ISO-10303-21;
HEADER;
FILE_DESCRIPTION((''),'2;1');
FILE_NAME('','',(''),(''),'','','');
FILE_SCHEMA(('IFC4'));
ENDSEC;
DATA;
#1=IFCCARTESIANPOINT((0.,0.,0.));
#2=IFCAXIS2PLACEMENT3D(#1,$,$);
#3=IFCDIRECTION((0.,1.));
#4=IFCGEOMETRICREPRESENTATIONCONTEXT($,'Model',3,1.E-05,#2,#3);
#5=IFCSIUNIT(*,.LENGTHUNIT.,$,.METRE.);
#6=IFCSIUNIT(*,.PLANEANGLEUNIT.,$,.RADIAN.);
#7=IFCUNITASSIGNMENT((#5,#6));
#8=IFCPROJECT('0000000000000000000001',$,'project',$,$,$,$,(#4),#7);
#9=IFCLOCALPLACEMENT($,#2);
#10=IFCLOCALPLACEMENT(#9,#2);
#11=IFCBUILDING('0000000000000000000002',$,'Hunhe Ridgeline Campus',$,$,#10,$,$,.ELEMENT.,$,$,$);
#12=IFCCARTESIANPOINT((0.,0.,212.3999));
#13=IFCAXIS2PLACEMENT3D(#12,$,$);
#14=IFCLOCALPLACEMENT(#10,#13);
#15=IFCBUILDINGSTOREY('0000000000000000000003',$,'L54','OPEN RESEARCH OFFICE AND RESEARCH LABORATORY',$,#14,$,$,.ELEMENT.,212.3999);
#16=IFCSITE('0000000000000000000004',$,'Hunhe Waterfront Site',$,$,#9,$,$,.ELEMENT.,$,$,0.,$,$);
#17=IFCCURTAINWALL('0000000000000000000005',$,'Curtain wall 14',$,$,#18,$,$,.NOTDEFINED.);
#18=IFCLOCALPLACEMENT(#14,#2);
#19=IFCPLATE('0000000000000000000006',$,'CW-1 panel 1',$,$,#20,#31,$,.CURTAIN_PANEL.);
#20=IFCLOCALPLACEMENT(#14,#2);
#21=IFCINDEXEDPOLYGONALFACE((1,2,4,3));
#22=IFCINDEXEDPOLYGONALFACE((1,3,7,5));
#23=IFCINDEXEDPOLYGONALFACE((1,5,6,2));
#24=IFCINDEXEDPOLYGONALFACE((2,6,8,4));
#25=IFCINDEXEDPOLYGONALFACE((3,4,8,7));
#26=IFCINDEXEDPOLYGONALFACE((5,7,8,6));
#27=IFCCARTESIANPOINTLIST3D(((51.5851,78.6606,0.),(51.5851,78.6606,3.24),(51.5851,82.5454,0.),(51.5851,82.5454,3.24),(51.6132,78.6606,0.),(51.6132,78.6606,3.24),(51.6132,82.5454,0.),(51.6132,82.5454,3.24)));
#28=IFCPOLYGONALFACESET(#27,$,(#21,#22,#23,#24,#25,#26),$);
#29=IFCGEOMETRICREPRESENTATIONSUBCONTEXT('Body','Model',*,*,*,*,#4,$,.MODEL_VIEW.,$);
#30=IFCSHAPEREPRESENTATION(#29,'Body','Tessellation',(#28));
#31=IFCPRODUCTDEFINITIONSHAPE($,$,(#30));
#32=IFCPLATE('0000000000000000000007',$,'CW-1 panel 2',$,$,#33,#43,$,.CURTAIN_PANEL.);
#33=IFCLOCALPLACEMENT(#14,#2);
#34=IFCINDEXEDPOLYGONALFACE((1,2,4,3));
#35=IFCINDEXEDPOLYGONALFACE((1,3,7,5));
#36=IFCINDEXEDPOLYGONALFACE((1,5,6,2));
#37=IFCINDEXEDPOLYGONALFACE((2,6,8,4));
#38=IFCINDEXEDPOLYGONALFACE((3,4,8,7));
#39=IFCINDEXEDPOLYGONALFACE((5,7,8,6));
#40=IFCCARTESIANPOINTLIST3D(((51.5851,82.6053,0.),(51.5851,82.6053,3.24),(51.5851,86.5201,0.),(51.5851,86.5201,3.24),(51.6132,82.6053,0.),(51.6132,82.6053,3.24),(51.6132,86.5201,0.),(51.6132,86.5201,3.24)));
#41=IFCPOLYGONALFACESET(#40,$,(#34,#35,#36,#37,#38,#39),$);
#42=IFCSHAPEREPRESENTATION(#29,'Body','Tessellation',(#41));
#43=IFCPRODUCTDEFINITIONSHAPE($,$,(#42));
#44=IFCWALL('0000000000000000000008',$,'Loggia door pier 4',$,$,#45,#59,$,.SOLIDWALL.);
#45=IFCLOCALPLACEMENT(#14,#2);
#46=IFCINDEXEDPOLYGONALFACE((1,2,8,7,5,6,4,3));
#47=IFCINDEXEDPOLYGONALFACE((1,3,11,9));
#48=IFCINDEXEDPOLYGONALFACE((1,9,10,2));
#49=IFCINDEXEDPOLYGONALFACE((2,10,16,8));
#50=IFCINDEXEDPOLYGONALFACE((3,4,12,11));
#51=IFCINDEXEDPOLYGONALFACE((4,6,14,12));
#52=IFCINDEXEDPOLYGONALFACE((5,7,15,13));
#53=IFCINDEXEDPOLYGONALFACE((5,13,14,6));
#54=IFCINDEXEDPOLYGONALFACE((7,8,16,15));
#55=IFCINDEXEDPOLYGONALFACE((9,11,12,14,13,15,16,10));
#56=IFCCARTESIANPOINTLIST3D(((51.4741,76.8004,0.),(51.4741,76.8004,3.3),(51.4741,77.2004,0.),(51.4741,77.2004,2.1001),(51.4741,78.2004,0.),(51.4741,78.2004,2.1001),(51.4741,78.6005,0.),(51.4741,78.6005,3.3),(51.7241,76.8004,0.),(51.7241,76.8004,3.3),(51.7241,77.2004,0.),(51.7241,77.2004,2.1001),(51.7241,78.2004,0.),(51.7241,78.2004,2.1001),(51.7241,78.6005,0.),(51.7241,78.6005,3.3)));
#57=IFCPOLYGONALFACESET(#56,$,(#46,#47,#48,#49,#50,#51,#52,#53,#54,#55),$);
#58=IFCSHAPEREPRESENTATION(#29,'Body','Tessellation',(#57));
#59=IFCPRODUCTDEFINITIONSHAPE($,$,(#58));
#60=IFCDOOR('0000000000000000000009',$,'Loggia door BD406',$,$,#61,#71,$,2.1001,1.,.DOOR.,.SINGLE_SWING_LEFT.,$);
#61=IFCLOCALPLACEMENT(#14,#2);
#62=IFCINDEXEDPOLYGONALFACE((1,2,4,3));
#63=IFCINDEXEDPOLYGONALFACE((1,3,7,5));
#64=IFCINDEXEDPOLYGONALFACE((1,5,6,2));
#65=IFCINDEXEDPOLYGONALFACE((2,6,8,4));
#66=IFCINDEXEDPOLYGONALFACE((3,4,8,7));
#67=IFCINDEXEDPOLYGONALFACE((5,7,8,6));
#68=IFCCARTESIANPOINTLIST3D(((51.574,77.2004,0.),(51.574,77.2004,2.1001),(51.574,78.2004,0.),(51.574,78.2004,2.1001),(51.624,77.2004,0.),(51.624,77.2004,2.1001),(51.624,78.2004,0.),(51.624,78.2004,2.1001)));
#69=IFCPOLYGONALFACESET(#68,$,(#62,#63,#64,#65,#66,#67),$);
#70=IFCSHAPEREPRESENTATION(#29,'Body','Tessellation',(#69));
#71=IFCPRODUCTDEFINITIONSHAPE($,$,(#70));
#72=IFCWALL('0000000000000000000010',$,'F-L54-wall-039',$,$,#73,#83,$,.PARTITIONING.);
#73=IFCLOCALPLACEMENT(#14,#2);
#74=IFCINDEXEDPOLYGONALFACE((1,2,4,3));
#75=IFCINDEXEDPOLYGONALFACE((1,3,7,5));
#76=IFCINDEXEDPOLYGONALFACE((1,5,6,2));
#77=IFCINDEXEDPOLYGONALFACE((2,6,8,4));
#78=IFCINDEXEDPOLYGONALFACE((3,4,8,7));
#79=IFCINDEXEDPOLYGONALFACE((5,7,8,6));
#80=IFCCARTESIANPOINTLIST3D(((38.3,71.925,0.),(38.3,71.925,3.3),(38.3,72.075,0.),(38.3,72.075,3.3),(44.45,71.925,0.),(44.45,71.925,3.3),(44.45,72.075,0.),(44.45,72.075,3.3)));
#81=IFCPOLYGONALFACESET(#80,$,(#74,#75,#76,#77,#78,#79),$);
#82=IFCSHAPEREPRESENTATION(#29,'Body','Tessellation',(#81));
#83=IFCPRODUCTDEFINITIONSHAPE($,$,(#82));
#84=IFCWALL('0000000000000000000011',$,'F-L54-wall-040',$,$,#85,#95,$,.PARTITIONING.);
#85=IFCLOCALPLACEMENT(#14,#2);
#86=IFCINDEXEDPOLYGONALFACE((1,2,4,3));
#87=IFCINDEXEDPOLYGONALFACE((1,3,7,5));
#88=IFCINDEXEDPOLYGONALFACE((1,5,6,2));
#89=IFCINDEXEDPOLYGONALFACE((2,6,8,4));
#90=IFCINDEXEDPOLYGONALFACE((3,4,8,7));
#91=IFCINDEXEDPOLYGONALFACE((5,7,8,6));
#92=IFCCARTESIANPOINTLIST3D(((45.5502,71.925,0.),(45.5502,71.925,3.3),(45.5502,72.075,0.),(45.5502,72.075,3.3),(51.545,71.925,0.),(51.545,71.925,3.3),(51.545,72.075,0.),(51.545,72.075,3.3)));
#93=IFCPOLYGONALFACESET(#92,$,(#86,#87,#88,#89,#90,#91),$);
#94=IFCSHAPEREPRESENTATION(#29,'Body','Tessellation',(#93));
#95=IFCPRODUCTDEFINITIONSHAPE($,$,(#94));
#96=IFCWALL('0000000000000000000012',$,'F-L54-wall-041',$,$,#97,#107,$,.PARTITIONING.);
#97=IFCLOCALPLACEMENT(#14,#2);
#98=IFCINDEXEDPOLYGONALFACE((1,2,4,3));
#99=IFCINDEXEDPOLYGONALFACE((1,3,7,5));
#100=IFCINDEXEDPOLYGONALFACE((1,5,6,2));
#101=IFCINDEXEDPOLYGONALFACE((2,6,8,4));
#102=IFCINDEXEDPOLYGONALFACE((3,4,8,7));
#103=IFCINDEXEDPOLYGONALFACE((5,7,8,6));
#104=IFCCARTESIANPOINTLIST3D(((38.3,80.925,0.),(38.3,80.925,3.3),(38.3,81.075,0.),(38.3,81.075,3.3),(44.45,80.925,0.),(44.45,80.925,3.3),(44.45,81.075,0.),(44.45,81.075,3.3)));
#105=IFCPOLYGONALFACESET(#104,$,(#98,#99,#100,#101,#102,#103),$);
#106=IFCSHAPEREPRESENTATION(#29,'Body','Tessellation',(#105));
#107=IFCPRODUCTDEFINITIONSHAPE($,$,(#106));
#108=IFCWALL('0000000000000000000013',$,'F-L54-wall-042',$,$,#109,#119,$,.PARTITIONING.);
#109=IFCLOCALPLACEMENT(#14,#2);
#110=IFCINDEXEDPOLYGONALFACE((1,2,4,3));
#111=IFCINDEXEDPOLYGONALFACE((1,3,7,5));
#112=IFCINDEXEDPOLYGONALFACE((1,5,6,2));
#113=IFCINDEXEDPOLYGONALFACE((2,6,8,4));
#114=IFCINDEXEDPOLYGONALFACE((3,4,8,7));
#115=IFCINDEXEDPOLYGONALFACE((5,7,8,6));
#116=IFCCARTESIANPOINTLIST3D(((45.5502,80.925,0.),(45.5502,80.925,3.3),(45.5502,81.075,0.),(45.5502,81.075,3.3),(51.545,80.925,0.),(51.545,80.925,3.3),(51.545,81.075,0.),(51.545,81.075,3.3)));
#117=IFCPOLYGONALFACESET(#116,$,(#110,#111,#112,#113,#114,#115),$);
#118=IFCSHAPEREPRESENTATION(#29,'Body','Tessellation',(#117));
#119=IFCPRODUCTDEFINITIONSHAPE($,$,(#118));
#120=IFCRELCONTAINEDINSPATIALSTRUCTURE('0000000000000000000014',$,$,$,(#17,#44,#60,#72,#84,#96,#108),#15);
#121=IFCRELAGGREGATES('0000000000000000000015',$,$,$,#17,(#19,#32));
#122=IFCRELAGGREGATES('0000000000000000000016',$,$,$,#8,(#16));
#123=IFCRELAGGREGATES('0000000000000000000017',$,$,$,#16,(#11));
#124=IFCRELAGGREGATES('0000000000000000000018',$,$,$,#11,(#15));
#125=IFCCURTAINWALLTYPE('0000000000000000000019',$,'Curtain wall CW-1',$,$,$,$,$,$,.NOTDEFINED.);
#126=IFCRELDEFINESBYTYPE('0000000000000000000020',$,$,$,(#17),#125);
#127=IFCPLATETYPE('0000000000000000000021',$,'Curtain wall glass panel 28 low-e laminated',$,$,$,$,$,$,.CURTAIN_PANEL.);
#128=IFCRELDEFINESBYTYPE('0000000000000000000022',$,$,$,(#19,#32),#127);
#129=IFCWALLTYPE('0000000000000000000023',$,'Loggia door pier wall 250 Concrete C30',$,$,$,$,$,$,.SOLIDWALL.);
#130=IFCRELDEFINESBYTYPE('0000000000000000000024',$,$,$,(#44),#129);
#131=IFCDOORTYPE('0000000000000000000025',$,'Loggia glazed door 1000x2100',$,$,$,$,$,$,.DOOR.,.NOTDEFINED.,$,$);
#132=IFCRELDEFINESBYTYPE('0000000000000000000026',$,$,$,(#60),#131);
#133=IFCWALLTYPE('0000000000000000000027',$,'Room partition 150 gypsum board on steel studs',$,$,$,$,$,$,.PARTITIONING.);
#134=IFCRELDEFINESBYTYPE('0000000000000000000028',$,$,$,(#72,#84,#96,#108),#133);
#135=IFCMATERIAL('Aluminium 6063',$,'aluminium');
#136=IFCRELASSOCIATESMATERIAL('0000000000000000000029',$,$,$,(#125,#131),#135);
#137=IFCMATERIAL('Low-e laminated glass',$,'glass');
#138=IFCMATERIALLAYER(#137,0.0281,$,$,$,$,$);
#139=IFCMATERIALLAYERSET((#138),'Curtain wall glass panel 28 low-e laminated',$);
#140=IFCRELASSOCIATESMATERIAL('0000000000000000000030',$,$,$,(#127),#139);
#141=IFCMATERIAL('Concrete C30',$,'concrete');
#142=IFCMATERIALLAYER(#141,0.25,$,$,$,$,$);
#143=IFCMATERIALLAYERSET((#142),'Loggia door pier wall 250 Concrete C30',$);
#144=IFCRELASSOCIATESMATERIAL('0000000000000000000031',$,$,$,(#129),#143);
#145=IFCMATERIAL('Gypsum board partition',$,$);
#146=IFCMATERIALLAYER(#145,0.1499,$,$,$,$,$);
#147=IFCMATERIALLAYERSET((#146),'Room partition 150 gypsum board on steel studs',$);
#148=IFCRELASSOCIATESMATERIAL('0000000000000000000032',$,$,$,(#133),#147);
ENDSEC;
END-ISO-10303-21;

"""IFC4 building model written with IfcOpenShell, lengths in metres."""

from ifc_helpers import new_model, si_unit, direction, frame, frame_2d, origin, origin_2d, place, context, subcontext, project, spatial, rectangle, extrude, material, layer, layer_set, type_object, element, fill, aggregate, save


model = new_model("IFC4")

# Units and contexts
model_context = context("Model", 3, precision=1e-05, world=origin(), true_north=direction((0.0, 1.0)))
body_context = subcontext(model_context, "Body", "Model", "MODEL_VIEW")
ifc_project = project(units=[si_unit("LENGTHUNIT", "METRE"), si_unit("PLANEANGLEUNIT", "RADIAN")], contexts=[model_context])

# Site, building, storey
site_placement = place(None, origin())
site = spatial("IfcSite", under=ifc_project, at=site_placement, Name="Hunhe Waterfront Site", CompositionType="ELEMENT", RefElevation=0.0)
building_placement = place(site_placement, origin())
building = spatial("IfcBuilding", under=site, at=building_placement, Name="Hunhe Ridgeline Campus", CompositionType="ELEMENT")
storey_placement = place(building_placement, frame((0.0, 0.0, 212.3999)))
storey = spatial("IfcBuildingStorey", under=building, at=storey_placement, Name="L54", Description="OPEN RESEARCH OFFICE AND RESEARCH LABORATORY", CompositionType="ELEMENT", Elevation=212.3999)

# Curtain wall
ifc_material_1 = material(Name="Aluminium 6063", Category="aluminium")
curtain_wall_type = type_object("IfcCurtainWallType", Name="Curtain wall CW-1", PredefinedType="NOTDEFINED", material=ifc_material_1)
curtain_wall_1_placement = place(storey_placement, origin())
curtain_wall_1 = element("IfcCurtainWall", 1, at=curtain_wall_1_placement, inside=storey, type_object=curtain_wall_type, Name="Curtain wall 14", PredefinedType="NOTDEFINED")

# Plates
ifc_material_2 = material(Name="Low-e laminated glass", Category="glass")
ifc_layer_1 = layer(ifc_material_2, 0.0281)
ifc_layer_set_1 = layer_set([ifc_layer_1], Name="Curtain wall glass panel 28 low-e laminated")
plate_type = type_object("IfcPlateType", Name="Curtain wall glass panel 28 low-e laminated", PredefinedType="CURTAIN_PANEL", material=ifc_layer_set_1)
plate_1_placement = place(storey_placement, frame((51.5991, 80.603, 0.0), z_axis=(0.0, 0.0, 1.0), x_axis=(0.0, 1.0, 0.0)))
plate_1 = element("IfcPlate", 2, at=plate_1_placement, type_object=plate_type, Name="CW-1 panel 1", PredefinedType="CURTAIN_PANEL", context=body_context, shape_type="SweptSolid", body=[
    extrude(rectangle(XDim=3.8848, YDim=0.0281, at=origin_2d()), origin(), (0.0, 0.0, 1.0), 3.24),
])
plate_2_placement = place(storey_placement, frame((51.5991, 84.5627, 0.0), z_axis=(0.0, 0.0, 1.0), x_axis=(0.0, 1.0, 0.0)))
plate_2 = element("IfcPlate", 3, at=plate_2_placement, type_object=plate_type, Name="CW-1 panel 2", PredefinedType="CURTAIN_PANEL", context=body_context, shape_type="SweptSolid", body=[
    extrude(rectangle(XDim=3.9148, YDim=0.0281, at=origin_2d()), origin(), (0.0, 0.0, 1.0), 3.24),
])
aggregate(curtain_wall_1, [plate_1, plate_2])

# Wall, opening, door
ifc_material_3 = material(Name="Concrete C30", Category="concrete")
ifc_layer_2 = layer(ifc_material_3, 0.25)
ifc_layer_set_2 = layer_set([ifc_layer_2], Name="Loggia door pier wall 250 Concrete C30")
wall_type_1 = type_object("IfcWallType", Name="Loggia door pier wall 250 Concrete C30", PredefinedType="SOLIDWALL", material=ifc_layer_set_2)
wall_1_placement = place(storey_placement, frame((51.5991, 76.8005, 0.0), z_axis=(0.0, 0.0, 1.0), x_axis=(0.0, 1.0, 0.0)))
wall_1 = element("IfcWall", 4, at=wall_1_placement, inside=storey, type_object=wall_type_1, Name="Loggia door pier 4", PredefinedType="SOLIDWALL", context=body_context, shape_type="SweptSolid", body=[
    extrude(rectangle(XDim=1.8, YDim=0.25, at=frame_2d((0.8999, 0.0))), origin(), (0.0, 0.0, 1.0), 3.3),
])
opening_placement = place(wall_1_placement, frame((0.3999, 0.0, 0.0)))
opening = element("IfcOpeningElement", 5, at=opening_placement, cuts=wall_1, PredefinedType="OPENING", context=body_context, shape_type="SweptSolid", body=[
    extrude(rectangle(XDim=1.0, YDim=2.1001, at=frame_2d((0.5, 1.05))), frame((0.0, 0.125, 0.0), z_axis=(0.0, -1.0, 0.0), x_axis=(1.0, 0.0, 0.0)), (0.0, 0.0, 1.0), 0.25),
])
door_type = type_object("IfcDoorType", Name="Loggia glazed door 1000x2100", OperationType="NOTDEFINED", PredefinedType="DOOR", material=ifc_material_1)
door_placement = place(opening_placement, frame((1.0, 0.0, 0.0), z_axis=(0.0, 0.0, 1.0), x_axis=(-1.0, 0.0, 0.0)))
door = element("IfcDoor", 6, at=door_placement, inside=storey, type_object=door_type, Name="Loggia door BD406", OperationType="SINGLE_SWING_LEFT", OverallHeight=2.1001, OverallWidth=1.0, PredefinedType="DOOR", context=body_context, shape_type="SweptSolid", body=[
    extrude(rectangle(XDim=1.0, YDim=2.1001, at=frame_2d((0.5, 1.05))), frame((0.0, 0.0249, 0.0), z_axis=(0.0, -1.0, 0.0), x_axis=(1.0, 0.0, 0.0)), (0.0, 0.0, 1.0), 0.05),
])
fill(opening, door)

# Walls
ifc_material_4 = material(Name="Gypsum board partition")
ifc_layer_3 = layer(ifc_material_4, 0.1499)
ifc_layer_set_3 = layer_set([ifc_layer_3], Name="Room partition 150 gypsum board on steel studs")
wall_type_2 = type_object("IfcWallType", Name="Room partition 150 gypsum board on steel studs", PredefinedType="PARTITIONING", material=ifc_layer_set_3)
wall_2_placement = place(storey_placement, frame((38.3, 72.0, 0.0), z_axis=(0.0, 0.0, 1.0), x_axis=(1.0, 0.0, 0.0)))
element("IfcWall", 7, at=wall_2_placement, inside=storey, type_object=wall_type_2, Name="F-L54-wall-039", PredefinedType="PARTITIONING", context=body_context, shape_type="SweptSolid", body=[
    extrude(rectangle(XDim=6.1499, YDim=0.1499, at=frame_2d((3.075, 0.0))), origin(), (0.0, 0.0, 1.0), 3.3),
])
wall_3_placement = place(storey_placement, frame((45.55, 72.0, 0.0), z_axis=(0.0, 0.0, 1.0), x_axis=(1.0, 0.0, 0.0)))
element("IfcWall", 8, at=wall_3_placement, inside=storey, type_object=wall_type_2, Name="F-L54-wall-040", PredefinedType="PARTITIONING", context=body_context, shape_type="SweptSolid", body=[
    extrude(rectangle(XDim=5.9949, YDim=0.1499, at=frame_2d((2.9976, 0.0))), origin(), (0.0, 0.0, 1.0), 3.3),
])
wall_4_placement = place(storey_placement, frame((38.3, 81.0, 0.0), z_axis=(0.0, 0.0, 1.0), x_axis=(1.0, 0.0, 0.0)))
element("IfcWall", 9, at=wall_4_placement, inside=storey, type_object=wall_type_2, Name="F-L54-wall-041", PredefinedType="PARTITIONING", context=body_context, shape_type="SweptSolid", body=[
    extrude(rectangle(XDim=6.1499, YDim=0.1499, at=frame_2d((3.075, 0.0))), origin(), (0.0, 0.0, 1.0), 3.3),
])
wall_5_placement = place(storey_placement, frame((45.55, 81.0, 0.0), z_axis=(0.0, 0.0, 1.0), x_axis=(1.0, 0.0, 0.0)))
element("IfcWall", 10, at=wall_5_placement, inside=storey, type_object=wall_type_2, Name="F-L54-wall-042", PredefinedType="PARTITIONING", context=body_context, shape_type="SweptSolid", body=[
    extrude(rectangle(XDim=5.9949, YDim=0.1499, at=frame_2d((2.9976, 0.0))), origin(), (0.0, 0.0, 1.0), 3.3),
])

save(model, "model.ifc")
